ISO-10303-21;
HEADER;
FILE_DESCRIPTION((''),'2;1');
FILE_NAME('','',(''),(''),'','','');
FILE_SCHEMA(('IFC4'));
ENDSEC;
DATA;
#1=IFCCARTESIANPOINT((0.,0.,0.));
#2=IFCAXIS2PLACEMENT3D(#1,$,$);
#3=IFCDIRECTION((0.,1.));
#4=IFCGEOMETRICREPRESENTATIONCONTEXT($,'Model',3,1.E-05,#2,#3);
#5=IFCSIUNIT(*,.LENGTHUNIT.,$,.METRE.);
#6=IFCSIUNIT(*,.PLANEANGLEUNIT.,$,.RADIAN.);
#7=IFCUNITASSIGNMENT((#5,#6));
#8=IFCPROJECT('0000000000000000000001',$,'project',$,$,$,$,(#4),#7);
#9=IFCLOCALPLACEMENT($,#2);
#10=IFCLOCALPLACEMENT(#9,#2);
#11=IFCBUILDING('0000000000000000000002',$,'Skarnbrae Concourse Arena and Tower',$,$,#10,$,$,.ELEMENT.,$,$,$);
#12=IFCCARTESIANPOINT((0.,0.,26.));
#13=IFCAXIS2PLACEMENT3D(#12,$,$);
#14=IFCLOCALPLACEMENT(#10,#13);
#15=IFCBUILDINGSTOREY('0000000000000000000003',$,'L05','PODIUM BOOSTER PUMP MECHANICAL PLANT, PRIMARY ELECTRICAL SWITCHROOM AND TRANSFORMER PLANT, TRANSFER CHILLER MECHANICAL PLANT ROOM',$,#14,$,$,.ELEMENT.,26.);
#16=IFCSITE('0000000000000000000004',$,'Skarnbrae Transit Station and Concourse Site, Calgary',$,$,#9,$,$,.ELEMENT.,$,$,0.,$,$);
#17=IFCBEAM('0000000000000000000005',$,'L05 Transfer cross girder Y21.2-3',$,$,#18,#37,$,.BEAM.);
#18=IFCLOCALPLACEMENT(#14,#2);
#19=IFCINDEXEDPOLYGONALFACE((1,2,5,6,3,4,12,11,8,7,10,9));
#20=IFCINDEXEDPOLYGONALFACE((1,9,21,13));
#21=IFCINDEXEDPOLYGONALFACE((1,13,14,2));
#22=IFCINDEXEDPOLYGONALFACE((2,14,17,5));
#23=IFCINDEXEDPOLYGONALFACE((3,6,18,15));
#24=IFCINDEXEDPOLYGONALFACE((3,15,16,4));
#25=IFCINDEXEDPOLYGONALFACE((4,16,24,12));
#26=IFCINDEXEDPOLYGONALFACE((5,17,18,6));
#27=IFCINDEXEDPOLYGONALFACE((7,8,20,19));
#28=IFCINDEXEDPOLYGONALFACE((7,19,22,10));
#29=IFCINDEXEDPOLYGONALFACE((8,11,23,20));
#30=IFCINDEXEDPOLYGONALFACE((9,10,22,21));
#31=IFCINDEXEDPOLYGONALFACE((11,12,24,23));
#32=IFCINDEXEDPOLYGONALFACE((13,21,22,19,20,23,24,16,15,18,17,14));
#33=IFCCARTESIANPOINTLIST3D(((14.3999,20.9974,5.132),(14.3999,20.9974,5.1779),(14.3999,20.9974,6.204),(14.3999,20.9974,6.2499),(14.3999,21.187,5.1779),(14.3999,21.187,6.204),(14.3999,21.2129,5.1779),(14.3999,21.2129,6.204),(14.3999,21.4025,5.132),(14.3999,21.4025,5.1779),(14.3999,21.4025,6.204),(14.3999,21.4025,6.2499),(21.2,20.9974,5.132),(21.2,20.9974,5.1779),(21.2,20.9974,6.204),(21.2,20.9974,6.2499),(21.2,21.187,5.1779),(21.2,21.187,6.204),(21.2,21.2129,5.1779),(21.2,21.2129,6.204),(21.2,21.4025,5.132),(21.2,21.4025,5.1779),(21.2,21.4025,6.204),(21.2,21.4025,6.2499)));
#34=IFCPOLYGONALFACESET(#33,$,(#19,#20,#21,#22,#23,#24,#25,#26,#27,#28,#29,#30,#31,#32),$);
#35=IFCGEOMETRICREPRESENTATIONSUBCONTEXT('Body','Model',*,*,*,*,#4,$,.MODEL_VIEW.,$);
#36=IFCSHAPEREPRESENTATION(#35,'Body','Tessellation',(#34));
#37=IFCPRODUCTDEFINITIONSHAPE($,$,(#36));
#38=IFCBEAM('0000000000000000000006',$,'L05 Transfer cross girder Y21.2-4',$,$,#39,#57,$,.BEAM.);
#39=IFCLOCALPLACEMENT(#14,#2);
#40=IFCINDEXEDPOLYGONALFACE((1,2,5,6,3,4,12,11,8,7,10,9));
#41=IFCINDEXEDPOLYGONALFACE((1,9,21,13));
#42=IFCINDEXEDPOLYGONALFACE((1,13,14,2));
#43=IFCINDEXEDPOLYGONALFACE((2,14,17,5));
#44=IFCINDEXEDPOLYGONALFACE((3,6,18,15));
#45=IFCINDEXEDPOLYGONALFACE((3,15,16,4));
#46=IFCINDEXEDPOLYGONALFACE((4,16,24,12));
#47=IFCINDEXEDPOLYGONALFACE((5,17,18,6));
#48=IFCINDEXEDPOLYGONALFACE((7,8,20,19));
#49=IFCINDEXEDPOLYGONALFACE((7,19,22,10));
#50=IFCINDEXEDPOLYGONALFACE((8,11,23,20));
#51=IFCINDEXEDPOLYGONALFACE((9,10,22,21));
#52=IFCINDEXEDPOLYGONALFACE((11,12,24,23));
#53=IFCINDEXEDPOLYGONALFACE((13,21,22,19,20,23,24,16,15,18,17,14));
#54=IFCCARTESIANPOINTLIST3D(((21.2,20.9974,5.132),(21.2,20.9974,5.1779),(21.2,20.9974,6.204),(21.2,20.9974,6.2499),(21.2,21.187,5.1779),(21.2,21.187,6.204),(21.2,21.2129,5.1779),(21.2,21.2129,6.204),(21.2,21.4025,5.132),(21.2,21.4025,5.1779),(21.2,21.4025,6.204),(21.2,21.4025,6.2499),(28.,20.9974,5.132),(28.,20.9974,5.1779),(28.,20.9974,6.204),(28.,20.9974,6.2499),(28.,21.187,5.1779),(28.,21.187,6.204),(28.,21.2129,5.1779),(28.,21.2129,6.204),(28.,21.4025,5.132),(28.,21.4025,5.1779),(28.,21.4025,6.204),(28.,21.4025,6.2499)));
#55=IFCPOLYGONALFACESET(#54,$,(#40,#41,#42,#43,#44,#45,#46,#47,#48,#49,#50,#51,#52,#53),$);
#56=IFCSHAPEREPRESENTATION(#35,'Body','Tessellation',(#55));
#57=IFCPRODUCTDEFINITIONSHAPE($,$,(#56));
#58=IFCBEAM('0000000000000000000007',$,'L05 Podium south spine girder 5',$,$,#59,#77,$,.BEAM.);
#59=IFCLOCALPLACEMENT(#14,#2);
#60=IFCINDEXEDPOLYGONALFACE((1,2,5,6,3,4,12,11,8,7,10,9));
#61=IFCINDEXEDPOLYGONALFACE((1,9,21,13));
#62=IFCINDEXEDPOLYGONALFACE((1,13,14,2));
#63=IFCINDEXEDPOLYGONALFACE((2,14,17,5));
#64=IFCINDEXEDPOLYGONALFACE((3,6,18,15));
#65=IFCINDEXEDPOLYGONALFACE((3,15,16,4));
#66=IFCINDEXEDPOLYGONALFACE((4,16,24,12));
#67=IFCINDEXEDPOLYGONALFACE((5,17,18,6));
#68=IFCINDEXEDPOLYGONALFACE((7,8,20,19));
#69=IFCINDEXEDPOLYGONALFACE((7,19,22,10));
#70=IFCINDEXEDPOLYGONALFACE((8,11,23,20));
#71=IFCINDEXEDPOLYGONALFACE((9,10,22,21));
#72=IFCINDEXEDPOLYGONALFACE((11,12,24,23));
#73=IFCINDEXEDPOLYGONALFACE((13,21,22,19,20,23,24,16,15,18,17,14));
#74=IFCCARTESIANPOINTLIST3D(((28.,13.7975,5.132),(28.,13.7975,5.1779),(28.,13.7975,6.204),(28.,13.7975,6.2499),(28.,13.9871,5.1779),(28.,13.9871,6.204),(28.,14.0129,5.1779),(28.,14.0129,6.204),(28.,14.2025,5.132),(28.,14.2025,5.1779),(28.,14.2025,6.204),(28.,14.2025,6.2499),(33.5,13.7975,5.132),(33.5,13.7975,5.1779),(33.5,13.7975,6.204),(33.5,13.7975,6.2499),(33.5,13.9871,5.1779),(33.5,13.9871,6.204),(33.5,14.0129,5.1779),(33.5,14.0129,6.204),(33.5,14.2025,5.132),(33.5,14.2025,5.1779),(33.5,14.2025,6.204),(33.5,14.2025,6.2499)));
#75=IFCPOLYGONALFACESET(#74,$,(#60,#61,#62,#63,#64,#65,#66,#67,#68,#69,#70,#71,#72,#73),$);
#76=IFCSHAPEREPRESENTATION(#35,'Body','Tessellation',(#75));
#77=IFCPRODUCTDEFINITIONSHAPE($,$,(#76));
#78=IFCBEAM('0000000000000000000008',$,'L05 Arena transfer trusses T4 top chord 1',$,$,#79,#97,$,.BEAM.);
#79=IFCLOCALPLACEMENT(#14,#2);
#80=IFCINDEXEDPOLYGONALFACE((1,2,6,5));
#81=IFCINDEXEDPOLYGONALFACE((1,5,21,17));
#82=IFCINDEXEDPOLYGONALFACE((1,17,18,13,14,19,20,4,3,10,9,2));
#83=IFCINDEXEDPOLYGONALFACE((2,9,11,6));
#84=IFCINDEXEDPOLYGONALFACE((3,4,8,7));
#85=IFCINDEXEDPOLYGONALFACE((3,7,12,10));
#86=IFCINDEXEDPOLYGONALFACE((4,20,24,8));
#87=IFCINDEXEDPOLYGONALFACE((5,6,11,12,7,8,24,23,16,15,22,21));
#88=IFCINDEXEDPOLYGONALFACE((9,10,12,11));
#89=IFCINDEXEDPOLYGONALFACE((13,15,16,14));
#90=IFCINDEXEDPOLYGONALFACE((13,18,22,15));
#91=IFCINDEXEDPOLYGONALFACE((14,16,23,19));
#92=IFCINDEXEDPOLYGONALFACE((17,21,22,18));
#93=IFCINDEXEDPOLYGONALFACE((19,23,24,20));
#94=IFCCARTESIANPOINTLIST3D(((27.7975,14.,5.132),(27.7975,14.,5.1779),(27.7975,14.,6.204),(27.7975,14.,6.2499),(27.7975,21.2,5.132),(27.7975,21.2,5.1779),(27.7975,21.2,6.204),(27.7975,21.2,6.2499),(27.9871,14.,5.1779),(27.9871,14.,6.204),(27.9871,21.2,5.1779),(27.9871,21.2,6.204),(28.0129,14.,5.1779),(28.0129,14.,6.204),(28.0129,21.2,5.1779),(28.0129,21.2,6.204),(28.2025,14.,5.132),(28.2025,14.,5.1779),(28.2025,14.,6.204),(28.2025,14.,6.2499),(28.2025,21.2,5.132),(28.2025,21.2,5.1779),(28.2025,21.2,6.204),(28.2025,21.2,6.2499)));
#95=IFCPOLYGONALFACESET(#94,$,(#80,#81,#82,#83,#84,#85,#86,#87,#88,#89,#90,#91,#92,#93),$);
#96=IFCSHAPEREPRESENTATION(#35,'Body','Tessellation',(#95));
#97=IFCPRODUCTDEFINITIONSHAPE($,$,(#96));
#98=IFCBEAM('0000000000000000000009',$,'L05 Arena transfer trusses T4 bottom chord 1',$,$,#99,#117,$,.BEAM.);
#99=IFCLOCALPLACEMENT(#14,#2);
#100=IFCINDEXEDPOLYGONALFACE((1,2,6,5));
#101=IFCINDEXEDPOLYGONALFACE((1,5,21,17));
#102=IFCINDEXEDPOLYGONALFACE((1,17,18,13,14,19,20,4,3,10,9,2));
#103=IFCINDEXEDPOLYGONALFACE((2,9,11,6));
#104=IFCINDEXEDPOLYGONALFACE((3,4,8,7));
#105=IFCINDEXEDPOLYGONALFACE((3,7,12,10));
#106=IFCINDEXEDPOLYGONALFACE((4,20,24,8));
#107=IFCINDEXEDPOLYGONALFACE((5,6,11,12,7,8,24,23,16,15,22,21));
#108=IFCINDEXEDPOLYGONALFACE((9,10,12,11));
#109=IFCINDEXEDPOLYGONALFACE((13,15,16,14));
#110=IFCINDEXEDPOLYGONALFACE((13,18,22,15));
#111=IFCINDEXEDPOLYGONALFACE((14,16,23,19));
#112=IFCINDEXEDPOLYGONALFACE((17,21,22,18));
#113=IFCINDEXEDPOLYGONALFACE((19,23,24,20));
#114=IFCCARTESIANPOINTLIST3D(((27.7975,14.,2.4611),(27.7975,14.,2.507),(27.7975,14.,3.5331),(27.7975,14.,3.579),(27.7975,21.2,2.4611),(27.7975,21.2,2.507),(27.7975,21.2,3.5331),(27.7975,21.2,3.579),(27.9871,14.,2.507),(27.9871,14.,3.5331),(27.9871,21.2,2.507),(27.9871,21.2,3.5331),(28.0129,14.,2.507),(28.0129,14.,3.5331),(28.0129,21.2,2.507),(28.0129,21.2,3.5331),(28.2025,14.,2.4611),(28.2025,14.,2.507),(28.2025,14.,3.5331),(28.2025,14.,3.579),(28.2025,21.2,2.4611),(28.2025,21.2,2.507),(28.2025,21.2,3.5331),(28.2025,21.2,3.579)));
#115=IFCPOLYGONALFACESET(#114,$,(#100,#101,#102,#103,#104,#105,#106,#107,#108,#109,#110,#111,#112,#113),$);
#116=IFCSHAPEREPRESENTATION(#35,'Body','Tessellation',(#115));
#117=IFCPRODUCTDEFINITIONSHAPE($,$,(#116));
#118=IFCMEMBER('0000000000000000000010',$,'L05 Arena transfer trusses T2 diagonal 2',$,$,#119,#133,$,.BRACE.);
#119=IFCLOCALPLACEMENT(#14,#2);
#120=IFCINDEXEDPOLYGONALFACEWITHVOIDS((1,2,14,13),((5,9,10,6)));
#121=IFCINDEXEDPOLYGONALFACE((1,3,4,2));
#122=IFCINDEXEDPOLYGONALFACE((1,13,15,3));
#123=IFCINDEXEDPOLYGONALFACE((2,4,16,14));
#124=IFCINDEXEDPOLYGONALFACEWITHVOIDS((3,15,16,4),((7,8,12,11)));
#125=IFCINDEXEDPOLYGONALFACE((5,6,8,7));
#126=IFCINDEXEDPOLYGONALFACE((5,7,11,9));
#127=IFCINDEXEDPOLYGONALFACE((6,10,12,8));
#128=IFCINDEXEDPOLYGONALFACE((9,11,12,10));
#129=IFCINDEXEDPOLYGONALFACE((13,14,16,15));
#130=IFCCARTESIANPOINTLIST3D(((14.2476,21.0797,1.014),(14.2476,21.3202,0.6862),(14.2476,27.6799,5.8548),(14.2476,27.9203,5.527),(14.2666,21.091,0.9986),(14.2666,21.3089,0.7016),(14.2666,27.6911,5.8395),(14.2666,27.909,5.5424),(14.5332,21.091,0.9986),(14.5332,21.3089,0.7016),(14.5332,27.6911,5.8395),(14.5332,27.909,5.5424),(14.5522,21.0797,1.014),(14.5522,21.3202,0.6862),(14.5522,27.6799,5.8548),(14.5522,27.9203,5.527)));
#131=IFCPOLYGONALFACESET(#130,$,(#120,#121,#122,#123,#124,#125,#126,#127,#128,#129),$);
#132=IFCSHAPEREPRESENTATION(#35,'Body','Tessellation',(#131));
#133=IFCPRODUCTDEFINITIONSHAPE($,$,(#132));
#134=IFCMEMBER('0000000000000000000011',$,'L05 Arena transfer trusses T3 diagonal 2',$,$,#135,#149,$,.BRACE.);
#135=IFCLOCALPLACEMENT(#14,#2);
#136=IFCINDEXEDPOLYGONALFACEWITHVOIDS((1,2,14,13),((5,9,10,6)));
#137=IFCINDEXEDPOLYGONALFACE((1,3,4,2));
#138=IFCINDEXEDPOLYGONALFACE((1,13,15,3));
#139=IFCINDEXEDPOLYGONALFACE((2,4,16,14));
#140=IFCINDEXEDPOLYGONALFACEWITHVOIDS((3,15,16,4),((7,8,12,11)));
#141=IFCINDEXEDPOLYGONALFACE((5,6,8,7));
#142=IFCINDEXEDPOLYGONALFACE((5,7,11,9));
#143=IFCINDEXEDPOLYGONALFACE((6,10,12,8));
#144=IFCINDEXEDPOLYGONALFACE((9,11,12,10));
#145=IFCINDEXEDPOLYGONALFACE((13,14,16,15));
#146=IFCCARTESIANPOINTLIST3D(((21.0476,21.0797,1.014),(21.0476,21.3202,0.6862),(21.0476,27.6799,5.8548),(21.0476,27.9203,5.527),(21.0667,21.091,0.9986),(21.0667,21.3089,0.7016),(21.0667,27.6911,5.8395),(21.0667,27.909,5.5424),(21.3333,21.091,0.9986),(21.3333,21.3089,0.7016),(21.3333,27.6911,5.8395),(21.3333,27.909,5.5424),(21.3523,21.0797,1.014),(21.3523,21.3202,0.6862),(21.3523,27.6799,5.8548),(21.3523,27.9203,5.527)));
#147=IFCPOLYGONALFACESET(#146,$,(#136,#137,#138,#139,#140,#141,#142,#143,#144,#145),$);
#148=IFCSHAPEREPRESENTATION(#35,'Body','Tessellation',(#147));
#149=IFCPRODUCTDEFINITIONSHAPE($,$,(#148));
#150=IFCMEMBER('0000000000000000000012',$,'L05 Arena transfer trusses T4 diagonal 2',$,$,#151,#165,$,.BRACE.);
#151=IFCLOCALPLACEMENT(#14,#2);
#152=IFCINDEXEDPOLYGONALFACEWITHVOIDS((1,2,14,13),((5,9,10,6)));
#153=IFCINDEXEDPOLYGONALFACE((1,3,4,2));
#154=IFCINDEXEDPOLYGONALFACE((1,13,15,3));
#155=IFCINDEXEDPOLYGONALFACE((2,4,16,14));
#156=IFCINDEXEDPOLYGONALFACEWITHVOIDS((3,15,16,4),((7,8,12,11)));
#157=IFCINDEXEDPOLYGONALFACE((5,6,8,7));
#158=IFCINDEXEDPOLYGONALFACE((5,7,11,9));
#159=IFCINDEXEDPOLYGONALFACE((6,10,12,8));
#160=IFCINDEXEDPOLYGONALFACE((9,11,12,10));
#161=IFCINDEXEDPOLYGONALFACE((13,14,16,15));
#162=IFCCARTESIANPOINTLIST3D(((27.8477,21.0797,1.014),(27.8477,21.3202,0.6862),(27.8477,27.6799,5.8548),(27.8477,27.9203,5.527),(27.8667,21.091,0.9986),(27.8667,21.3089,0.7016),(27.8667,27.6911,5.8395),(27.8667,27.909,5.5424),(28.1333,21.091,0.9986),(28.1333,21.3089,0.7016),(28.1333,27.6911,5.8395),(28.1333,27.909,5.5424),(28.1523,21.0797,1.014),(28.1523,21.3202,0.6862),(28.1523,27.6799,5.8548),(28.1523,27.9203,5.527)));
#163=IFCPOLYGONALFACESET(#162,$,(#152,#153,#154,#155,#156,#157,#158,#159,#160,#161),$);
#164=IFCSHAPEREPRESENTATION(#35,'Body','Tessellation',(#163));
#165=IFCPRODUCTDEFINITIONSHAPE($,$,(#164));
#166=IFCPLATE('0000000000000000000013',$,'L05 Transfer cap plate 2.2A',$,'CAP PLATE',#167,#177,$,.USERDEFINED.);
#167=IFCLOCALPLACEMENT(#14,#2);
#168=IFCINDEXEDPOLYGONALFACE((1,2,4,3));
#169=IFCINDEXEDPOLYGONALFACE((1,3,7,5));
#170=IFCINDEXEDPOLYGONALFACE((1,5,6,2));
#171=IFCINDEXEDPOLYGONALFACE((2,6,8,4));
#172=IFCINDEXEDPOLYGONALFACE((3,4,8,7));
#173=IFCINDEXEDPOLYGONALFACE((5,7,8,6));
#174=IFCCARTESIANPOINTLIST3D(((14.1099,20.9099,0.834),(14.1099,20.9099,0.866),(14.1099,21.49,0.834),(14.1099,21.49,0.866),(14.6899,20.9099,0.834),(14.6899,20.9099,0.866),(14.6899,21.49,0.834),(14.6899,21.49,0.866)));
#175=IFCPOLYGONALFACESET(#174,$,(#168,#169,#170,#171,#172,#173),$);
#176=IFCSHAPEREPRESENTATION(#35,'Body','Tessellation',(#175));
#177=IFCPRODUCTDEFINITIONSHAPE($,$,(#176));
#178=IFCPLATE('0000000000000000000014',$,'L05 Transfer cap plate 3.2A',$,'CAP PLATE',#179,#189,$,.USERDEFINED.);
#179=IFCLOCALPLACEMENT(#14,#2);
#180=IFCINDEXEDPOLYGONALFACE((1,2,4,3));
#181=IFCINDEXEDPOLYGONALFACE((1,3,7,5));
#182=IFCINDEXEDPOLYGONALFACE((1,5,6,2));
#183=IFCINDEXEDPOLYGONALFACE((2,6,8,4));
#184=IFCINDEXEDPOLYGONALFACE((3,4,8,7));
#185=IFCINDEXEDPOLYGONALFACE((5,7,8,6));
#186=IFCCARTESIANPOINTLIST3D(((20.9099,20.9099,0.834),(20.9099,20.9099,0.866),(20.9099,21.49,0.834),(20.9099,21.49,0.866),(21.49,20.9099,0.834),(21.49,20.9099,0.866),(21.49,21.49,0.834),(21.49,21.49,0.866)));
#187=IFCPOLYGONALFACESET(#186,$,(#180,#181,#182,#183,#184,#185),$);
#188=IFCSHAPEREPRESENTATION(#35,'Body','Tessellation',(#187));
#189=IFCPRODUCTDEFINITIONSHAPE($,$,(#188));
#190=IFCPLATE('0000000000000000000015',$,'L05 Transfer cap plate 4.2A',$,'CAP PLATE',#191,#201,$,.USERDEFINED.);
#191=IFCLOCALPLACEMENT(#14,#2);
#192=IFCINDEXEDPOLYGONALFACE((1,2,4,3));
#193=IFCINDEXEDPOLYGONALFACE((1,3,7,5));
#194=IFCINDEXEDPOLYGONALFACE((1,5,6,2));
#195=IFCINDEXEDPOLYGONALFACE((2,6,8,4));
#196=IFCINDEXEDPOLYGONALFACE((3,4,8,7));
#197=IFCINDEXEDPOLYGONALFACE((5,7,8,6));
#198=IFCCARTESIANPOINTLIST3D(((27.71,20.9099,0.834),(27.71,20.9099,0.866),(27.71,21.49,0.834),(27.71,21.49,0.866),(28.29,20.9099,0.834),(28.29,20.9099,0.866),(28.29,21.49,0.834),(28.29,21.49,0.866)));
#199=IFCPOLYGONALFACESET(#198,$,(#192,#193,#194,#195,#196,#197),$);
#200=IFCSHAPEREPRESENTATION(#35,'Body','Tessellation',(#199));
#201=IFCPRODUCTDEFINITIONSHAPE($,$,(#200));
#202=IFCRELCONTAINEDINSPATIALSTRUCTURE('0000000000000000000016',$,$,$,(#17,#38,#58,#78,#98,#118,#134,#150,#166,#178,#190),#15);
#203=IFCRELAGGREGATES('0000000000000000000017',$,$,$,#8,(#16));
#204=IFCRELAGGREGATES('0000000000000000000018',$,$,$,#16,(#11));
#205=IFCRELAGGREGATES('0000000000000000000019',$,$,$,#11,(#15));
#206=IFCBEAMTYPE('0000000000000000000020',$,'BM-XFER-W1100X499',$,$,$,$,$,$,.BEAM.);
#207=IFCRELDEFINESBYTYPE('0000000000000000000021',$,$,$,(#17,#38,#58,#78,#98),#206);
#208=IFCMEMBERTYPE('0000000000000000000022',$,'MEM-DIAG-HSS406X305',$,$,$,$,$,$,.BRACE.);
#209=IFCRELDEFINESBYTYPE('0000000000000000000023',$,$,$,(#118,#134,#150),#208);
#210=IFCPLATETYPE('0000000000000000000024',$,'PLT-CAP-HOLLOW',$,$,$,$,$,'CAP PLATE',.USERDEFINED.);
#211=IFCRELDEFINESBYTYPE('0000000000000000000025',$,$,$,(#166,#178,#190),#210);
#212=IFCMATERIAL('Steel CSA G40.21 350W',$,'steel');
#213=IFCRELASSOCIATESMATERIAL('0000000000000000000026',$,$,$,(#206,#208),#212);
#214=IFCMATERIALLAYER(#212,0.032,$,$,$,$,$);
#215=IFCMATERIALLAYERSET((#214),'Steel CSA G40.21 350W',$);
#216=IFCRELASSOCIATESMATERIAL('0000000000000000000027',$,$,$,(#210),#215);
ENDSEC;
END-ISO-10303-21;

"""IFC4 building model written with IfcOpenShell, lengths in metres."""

from ifc_helpers import new_model, si_unit, direction, frame, origin, origin_2d, place, context, subcontext, project, spatial, rectangle, hollow_rectangle, i_section, extrude, source, transform, mapped, material, layer, layer_set, material_profile, profile_set, type_object, element, save


model = new_model("IFC4")

# Units and contexts
model_context = context("Model", 3, precision=1e-05, world=origin(), true_north=direction((0.0, 1.0)))
body_context = subcontext(model_context, "Body", "Model", "MODEL_VIEW")
ifc_project = project(units=[si_unit("LENGTHUNIT", "METRE"), si_unit("PLANEANGLEUNIT", "RADIAN")], contexts=[model_context])

# Site, building, storey
site_placement = place(None, origin())
site = spatial("IfcSite", under=ifc_project, at=site_placement, Name="Skarnbrae Transit Station and Concourse Site, Calgary", CompositionType="ELEMENT", RefElevation=0.0)
building_placement = place(site_placement, origin())
building = spatial("IfcBuilding", under=site, at=building_placement, Name="Skarnbrae Concourse Arena and Tower", CompositionType="ELEMENT")
storey_placement = place(building_placement, frame((0.0, 0.0, 26.0)))
storey = spatial("IfcBuildingStorey", under=building, at=storey_placement, Name="L05", Description="PODIUM BOOSTER PUMP MECHANICAL PLANT, PRIMARY ELECTRICAL SWITCHROOM AND TRANSFORMER PLANT, TRANSFER CHILLER MECHANICAL PLANT ROOM", CompositionType="ELEMENT", Elevation=26.0)

# Shared definitions
ifc_material_1 = material(Name="Steel CSA G40.21 350W", Category="steel")

# Beams
ifc_material_profile_1 = material_profile(ifc_material_1, i_section(OverallWidth=0.405, OverallDepth=1.1179, WebThickness=0.0259, FlangeThickness=0.0459, at=origin_2d()), Name="W1100X499")
ifc_profile_set_1 = profile_set([ifc_material_profile_1], Name="Steel CSA G40.21 350W")
beam_type = type_object("IfcBeamType", Name="BM-XFER-W1100X499", PredefinedType="BEAM", material=ifc_profile_set_1)
shared_shape_1 = source(origin(), body_context, "Body", "SweptSolid", [
    extrude(i_section(OverallWidth=0.405, OverallDepth=1.1179, WebThickness=0.0259, FlangeThickness=0.0459, at=origin_2d()), origin(), (0.0, 0.0, 1.0), 6.8),
])
for number, where, z_axis, x_axis, name in (
    (1, (14.3999, 21.2, 5.6909), (1.0, 0.0, 0.0), (0.0, 1.0, 0.0), "L05 Transfer cross girder Y21.2-3"),
    (2, (21.2, 21.2, 5.6909), (1.0, 0.0, 0.0), (0.0, 1.0, 0.0), "L05 Transfer cross girder Y21.2-4"),
):
    element("IfcBeam", number, at=place(storey_placement, frame(where, z_axis=z_axis, x_axis=x_axis)), inside=storey, type_object=beam_type, Name=name, PredefinedType="BEAM", context=body_context, shape_type="MappedRepresentation", body=[
        mapped(shared_shape_1, transform((0.0, 0.0, 0.0))),
    ])
shared_shape_2 = source(origin(), body_context, "Body", "SweptSolid", [
    extrude(i_section(OverallWidth=0.405, OverallDepth=1.1179, WebThickness=0.0259, FlangeThickness=0.0459, at=origin_2d()), origin(), (0.0, 0.0, 1.0), 5.5),
])
beam_placement = place(storey_placement, frame((28.0, 14.0, 5.6909), z_axis=(1.0, 0.0, 0.0), x_axis=(0.0, 1.0, 0.0)))
element("IfcBeam", 3, at=beam_placement, inside=storey, type_object=beam_type, Name="L05 Podium south spine girder 5", PredefinedType="BEAM", context=body_context, shape_type="MappedRepresentation", body=[
    mapped(shared_shape_2, transform((0.0, 0.0, 0.0))),
])
shared_shape_3 = source(origin(), body_context, "Body", "SweptSolid", [
    extrude(i_section(OverallWidth=0.405, OverallDepth=1.1179, WebThickness=0.0259, FlangeThickness=0.0459, at=origin_2d()), origin(), (0.0, 0.0, 1.0), 7.2),
])
for number, where, z_axis, x_axis, name in (
    (4, (28.0, 14.0, 5.6909), (0.0, 1.0, 0.0), (-1.0, 0.0, 0.0), "L05 Arena transfer trusses T4 top chord 1"),
    (5, (28.0, 14.0, 3.02), (0.0, 1.0, 0.0), (-1.0, 0.0, 0.0), "L05 Arena transfer trusses T4 bottom chord 1"),
):
    element("IfcBeam", number, at=place(storey_placement, frame(where, z_axis=z_axis, x_axis=x_axis)), inside=storey, type_object=beam_type, Name=name, PredefinedType="BEAM", context=body_context, shape_type="MappedRepresentation", body=[
        mapped(shared_shape_3, transform((0.0, 0.0, 0.0))),
    ])

# Members
ifc_material_profile_2 = material_profile(ifc_material_1, hollow_rectangle(XDim=0.3047, YDim=0.4065, WallThickness=0.019, at=origin_2d()), Name="HSS406X305X19.0")
ifc_profile_set_2 = profile_set([ifc_material_profile_2], Name="Steel CSA G40.21 350W")
member_type = type_object("IfcMemberType", Name="MEM-DIAG-HSS406X305", PredefinedType="BRACE", material=ifc_profile_set_2)
shared_shape_4 = source(origin(), body_context, "Body", "SweptSolid", [
    extrude(hollow_rectangle(XDim=0.3047, YDim=0.4065, WallThickness=0.019, at=origin_2d()), origin(), (0.0, 0.0, 1.0), 8.1851),
])
for number, where, z_axis, x_axis, name in (
    (6, (14.3999, 21.2, 0.8501), (0.0, 0.806361, 0.591423), (-1.0, 0.0, 0.0), "L05 Arena transfer trusses T2 diagonal 2"),
    (7, (21.2, 21.2, 0.8501), (0.0, 0.806361, 0.591423), (-1.0, 0.0, 0.0), "L05 Arena transfer trusses T3 diagonal 2"),
    (8, (28.0, 21.2, 0.8501), (0.0, 0.806361, 0.591423), (-1.0, 0.0, 0.0), "L05 Arena transfer trusses T4 diagonal 2"),
):
    element("IfcMember", number, at=place(storey_placement, frame(where, z_axis=z_axis, x_axis=x_axis)), inside=storey, type_object=member_type, Name=name, PredefinedType="BRACE", context=body_context, shape_type="MappedRepresentation", body=[
        mapped(shared_shape_4, transform((0.0, 0.0, 0.0))),
    ])

# Plates
ifc_layer_1 = layer(ifc_material_1, 0.032)
ifc_layer_set_1 = layer_set([ifc_layer_1], Name="Steel CSA G40.21 350W")
plate_type_1 = type_object("IfcPlateType", Name="PLT-CAP-HOLLOW", ElementType="CAP PLATE", PredefinedType="USERDEFINED", material=ifc_layer_set_1)
shared_shape_5 = source(origin(), body_context, "Body", "SweptSolid", [
    extrude(rectangle(XDim=0.5801, YDim=0.5801, at=origin_2d()), origin(), (0.0, 0.0, 1.0), 0.032),
])
for number, where, z_axis, x_axis, name in (
    (9, (14.3999, 21.2, 0.834), (0.0, 0.0, 1.0), (1.0, 0.0, 0.0), "L05 Transfer cap plate 2.2A"),
    (10, (21.2, 21.2, 0.834), (0.0, 0.0, 1.0), (1.0, 0.0, 0.0), "L05 Transfer cap plate 3.2A"),
    (11, (28.0, 21.2, 0.834), (0.0, 0.0, 1.0), (1.0, 0.0, 0.0), "L05 Transfer cap plate 4.2A"),
):
    element("IfcPlate", number, at=place(storey_placement, frame(where, z_axis=z_axis, x_axis=x_axis)), inside=storey, type_object=plate_type_1, Name=name, ObjectType="CAP PLATE", PredefinedType="USERDEFINED", context=body_context, shape_type="MappedRepresentation", body=[
        mapped(shared_shape_5, transform((0.0, 0.0, 0.0))),
    ])

save(model, "model.ifc")
